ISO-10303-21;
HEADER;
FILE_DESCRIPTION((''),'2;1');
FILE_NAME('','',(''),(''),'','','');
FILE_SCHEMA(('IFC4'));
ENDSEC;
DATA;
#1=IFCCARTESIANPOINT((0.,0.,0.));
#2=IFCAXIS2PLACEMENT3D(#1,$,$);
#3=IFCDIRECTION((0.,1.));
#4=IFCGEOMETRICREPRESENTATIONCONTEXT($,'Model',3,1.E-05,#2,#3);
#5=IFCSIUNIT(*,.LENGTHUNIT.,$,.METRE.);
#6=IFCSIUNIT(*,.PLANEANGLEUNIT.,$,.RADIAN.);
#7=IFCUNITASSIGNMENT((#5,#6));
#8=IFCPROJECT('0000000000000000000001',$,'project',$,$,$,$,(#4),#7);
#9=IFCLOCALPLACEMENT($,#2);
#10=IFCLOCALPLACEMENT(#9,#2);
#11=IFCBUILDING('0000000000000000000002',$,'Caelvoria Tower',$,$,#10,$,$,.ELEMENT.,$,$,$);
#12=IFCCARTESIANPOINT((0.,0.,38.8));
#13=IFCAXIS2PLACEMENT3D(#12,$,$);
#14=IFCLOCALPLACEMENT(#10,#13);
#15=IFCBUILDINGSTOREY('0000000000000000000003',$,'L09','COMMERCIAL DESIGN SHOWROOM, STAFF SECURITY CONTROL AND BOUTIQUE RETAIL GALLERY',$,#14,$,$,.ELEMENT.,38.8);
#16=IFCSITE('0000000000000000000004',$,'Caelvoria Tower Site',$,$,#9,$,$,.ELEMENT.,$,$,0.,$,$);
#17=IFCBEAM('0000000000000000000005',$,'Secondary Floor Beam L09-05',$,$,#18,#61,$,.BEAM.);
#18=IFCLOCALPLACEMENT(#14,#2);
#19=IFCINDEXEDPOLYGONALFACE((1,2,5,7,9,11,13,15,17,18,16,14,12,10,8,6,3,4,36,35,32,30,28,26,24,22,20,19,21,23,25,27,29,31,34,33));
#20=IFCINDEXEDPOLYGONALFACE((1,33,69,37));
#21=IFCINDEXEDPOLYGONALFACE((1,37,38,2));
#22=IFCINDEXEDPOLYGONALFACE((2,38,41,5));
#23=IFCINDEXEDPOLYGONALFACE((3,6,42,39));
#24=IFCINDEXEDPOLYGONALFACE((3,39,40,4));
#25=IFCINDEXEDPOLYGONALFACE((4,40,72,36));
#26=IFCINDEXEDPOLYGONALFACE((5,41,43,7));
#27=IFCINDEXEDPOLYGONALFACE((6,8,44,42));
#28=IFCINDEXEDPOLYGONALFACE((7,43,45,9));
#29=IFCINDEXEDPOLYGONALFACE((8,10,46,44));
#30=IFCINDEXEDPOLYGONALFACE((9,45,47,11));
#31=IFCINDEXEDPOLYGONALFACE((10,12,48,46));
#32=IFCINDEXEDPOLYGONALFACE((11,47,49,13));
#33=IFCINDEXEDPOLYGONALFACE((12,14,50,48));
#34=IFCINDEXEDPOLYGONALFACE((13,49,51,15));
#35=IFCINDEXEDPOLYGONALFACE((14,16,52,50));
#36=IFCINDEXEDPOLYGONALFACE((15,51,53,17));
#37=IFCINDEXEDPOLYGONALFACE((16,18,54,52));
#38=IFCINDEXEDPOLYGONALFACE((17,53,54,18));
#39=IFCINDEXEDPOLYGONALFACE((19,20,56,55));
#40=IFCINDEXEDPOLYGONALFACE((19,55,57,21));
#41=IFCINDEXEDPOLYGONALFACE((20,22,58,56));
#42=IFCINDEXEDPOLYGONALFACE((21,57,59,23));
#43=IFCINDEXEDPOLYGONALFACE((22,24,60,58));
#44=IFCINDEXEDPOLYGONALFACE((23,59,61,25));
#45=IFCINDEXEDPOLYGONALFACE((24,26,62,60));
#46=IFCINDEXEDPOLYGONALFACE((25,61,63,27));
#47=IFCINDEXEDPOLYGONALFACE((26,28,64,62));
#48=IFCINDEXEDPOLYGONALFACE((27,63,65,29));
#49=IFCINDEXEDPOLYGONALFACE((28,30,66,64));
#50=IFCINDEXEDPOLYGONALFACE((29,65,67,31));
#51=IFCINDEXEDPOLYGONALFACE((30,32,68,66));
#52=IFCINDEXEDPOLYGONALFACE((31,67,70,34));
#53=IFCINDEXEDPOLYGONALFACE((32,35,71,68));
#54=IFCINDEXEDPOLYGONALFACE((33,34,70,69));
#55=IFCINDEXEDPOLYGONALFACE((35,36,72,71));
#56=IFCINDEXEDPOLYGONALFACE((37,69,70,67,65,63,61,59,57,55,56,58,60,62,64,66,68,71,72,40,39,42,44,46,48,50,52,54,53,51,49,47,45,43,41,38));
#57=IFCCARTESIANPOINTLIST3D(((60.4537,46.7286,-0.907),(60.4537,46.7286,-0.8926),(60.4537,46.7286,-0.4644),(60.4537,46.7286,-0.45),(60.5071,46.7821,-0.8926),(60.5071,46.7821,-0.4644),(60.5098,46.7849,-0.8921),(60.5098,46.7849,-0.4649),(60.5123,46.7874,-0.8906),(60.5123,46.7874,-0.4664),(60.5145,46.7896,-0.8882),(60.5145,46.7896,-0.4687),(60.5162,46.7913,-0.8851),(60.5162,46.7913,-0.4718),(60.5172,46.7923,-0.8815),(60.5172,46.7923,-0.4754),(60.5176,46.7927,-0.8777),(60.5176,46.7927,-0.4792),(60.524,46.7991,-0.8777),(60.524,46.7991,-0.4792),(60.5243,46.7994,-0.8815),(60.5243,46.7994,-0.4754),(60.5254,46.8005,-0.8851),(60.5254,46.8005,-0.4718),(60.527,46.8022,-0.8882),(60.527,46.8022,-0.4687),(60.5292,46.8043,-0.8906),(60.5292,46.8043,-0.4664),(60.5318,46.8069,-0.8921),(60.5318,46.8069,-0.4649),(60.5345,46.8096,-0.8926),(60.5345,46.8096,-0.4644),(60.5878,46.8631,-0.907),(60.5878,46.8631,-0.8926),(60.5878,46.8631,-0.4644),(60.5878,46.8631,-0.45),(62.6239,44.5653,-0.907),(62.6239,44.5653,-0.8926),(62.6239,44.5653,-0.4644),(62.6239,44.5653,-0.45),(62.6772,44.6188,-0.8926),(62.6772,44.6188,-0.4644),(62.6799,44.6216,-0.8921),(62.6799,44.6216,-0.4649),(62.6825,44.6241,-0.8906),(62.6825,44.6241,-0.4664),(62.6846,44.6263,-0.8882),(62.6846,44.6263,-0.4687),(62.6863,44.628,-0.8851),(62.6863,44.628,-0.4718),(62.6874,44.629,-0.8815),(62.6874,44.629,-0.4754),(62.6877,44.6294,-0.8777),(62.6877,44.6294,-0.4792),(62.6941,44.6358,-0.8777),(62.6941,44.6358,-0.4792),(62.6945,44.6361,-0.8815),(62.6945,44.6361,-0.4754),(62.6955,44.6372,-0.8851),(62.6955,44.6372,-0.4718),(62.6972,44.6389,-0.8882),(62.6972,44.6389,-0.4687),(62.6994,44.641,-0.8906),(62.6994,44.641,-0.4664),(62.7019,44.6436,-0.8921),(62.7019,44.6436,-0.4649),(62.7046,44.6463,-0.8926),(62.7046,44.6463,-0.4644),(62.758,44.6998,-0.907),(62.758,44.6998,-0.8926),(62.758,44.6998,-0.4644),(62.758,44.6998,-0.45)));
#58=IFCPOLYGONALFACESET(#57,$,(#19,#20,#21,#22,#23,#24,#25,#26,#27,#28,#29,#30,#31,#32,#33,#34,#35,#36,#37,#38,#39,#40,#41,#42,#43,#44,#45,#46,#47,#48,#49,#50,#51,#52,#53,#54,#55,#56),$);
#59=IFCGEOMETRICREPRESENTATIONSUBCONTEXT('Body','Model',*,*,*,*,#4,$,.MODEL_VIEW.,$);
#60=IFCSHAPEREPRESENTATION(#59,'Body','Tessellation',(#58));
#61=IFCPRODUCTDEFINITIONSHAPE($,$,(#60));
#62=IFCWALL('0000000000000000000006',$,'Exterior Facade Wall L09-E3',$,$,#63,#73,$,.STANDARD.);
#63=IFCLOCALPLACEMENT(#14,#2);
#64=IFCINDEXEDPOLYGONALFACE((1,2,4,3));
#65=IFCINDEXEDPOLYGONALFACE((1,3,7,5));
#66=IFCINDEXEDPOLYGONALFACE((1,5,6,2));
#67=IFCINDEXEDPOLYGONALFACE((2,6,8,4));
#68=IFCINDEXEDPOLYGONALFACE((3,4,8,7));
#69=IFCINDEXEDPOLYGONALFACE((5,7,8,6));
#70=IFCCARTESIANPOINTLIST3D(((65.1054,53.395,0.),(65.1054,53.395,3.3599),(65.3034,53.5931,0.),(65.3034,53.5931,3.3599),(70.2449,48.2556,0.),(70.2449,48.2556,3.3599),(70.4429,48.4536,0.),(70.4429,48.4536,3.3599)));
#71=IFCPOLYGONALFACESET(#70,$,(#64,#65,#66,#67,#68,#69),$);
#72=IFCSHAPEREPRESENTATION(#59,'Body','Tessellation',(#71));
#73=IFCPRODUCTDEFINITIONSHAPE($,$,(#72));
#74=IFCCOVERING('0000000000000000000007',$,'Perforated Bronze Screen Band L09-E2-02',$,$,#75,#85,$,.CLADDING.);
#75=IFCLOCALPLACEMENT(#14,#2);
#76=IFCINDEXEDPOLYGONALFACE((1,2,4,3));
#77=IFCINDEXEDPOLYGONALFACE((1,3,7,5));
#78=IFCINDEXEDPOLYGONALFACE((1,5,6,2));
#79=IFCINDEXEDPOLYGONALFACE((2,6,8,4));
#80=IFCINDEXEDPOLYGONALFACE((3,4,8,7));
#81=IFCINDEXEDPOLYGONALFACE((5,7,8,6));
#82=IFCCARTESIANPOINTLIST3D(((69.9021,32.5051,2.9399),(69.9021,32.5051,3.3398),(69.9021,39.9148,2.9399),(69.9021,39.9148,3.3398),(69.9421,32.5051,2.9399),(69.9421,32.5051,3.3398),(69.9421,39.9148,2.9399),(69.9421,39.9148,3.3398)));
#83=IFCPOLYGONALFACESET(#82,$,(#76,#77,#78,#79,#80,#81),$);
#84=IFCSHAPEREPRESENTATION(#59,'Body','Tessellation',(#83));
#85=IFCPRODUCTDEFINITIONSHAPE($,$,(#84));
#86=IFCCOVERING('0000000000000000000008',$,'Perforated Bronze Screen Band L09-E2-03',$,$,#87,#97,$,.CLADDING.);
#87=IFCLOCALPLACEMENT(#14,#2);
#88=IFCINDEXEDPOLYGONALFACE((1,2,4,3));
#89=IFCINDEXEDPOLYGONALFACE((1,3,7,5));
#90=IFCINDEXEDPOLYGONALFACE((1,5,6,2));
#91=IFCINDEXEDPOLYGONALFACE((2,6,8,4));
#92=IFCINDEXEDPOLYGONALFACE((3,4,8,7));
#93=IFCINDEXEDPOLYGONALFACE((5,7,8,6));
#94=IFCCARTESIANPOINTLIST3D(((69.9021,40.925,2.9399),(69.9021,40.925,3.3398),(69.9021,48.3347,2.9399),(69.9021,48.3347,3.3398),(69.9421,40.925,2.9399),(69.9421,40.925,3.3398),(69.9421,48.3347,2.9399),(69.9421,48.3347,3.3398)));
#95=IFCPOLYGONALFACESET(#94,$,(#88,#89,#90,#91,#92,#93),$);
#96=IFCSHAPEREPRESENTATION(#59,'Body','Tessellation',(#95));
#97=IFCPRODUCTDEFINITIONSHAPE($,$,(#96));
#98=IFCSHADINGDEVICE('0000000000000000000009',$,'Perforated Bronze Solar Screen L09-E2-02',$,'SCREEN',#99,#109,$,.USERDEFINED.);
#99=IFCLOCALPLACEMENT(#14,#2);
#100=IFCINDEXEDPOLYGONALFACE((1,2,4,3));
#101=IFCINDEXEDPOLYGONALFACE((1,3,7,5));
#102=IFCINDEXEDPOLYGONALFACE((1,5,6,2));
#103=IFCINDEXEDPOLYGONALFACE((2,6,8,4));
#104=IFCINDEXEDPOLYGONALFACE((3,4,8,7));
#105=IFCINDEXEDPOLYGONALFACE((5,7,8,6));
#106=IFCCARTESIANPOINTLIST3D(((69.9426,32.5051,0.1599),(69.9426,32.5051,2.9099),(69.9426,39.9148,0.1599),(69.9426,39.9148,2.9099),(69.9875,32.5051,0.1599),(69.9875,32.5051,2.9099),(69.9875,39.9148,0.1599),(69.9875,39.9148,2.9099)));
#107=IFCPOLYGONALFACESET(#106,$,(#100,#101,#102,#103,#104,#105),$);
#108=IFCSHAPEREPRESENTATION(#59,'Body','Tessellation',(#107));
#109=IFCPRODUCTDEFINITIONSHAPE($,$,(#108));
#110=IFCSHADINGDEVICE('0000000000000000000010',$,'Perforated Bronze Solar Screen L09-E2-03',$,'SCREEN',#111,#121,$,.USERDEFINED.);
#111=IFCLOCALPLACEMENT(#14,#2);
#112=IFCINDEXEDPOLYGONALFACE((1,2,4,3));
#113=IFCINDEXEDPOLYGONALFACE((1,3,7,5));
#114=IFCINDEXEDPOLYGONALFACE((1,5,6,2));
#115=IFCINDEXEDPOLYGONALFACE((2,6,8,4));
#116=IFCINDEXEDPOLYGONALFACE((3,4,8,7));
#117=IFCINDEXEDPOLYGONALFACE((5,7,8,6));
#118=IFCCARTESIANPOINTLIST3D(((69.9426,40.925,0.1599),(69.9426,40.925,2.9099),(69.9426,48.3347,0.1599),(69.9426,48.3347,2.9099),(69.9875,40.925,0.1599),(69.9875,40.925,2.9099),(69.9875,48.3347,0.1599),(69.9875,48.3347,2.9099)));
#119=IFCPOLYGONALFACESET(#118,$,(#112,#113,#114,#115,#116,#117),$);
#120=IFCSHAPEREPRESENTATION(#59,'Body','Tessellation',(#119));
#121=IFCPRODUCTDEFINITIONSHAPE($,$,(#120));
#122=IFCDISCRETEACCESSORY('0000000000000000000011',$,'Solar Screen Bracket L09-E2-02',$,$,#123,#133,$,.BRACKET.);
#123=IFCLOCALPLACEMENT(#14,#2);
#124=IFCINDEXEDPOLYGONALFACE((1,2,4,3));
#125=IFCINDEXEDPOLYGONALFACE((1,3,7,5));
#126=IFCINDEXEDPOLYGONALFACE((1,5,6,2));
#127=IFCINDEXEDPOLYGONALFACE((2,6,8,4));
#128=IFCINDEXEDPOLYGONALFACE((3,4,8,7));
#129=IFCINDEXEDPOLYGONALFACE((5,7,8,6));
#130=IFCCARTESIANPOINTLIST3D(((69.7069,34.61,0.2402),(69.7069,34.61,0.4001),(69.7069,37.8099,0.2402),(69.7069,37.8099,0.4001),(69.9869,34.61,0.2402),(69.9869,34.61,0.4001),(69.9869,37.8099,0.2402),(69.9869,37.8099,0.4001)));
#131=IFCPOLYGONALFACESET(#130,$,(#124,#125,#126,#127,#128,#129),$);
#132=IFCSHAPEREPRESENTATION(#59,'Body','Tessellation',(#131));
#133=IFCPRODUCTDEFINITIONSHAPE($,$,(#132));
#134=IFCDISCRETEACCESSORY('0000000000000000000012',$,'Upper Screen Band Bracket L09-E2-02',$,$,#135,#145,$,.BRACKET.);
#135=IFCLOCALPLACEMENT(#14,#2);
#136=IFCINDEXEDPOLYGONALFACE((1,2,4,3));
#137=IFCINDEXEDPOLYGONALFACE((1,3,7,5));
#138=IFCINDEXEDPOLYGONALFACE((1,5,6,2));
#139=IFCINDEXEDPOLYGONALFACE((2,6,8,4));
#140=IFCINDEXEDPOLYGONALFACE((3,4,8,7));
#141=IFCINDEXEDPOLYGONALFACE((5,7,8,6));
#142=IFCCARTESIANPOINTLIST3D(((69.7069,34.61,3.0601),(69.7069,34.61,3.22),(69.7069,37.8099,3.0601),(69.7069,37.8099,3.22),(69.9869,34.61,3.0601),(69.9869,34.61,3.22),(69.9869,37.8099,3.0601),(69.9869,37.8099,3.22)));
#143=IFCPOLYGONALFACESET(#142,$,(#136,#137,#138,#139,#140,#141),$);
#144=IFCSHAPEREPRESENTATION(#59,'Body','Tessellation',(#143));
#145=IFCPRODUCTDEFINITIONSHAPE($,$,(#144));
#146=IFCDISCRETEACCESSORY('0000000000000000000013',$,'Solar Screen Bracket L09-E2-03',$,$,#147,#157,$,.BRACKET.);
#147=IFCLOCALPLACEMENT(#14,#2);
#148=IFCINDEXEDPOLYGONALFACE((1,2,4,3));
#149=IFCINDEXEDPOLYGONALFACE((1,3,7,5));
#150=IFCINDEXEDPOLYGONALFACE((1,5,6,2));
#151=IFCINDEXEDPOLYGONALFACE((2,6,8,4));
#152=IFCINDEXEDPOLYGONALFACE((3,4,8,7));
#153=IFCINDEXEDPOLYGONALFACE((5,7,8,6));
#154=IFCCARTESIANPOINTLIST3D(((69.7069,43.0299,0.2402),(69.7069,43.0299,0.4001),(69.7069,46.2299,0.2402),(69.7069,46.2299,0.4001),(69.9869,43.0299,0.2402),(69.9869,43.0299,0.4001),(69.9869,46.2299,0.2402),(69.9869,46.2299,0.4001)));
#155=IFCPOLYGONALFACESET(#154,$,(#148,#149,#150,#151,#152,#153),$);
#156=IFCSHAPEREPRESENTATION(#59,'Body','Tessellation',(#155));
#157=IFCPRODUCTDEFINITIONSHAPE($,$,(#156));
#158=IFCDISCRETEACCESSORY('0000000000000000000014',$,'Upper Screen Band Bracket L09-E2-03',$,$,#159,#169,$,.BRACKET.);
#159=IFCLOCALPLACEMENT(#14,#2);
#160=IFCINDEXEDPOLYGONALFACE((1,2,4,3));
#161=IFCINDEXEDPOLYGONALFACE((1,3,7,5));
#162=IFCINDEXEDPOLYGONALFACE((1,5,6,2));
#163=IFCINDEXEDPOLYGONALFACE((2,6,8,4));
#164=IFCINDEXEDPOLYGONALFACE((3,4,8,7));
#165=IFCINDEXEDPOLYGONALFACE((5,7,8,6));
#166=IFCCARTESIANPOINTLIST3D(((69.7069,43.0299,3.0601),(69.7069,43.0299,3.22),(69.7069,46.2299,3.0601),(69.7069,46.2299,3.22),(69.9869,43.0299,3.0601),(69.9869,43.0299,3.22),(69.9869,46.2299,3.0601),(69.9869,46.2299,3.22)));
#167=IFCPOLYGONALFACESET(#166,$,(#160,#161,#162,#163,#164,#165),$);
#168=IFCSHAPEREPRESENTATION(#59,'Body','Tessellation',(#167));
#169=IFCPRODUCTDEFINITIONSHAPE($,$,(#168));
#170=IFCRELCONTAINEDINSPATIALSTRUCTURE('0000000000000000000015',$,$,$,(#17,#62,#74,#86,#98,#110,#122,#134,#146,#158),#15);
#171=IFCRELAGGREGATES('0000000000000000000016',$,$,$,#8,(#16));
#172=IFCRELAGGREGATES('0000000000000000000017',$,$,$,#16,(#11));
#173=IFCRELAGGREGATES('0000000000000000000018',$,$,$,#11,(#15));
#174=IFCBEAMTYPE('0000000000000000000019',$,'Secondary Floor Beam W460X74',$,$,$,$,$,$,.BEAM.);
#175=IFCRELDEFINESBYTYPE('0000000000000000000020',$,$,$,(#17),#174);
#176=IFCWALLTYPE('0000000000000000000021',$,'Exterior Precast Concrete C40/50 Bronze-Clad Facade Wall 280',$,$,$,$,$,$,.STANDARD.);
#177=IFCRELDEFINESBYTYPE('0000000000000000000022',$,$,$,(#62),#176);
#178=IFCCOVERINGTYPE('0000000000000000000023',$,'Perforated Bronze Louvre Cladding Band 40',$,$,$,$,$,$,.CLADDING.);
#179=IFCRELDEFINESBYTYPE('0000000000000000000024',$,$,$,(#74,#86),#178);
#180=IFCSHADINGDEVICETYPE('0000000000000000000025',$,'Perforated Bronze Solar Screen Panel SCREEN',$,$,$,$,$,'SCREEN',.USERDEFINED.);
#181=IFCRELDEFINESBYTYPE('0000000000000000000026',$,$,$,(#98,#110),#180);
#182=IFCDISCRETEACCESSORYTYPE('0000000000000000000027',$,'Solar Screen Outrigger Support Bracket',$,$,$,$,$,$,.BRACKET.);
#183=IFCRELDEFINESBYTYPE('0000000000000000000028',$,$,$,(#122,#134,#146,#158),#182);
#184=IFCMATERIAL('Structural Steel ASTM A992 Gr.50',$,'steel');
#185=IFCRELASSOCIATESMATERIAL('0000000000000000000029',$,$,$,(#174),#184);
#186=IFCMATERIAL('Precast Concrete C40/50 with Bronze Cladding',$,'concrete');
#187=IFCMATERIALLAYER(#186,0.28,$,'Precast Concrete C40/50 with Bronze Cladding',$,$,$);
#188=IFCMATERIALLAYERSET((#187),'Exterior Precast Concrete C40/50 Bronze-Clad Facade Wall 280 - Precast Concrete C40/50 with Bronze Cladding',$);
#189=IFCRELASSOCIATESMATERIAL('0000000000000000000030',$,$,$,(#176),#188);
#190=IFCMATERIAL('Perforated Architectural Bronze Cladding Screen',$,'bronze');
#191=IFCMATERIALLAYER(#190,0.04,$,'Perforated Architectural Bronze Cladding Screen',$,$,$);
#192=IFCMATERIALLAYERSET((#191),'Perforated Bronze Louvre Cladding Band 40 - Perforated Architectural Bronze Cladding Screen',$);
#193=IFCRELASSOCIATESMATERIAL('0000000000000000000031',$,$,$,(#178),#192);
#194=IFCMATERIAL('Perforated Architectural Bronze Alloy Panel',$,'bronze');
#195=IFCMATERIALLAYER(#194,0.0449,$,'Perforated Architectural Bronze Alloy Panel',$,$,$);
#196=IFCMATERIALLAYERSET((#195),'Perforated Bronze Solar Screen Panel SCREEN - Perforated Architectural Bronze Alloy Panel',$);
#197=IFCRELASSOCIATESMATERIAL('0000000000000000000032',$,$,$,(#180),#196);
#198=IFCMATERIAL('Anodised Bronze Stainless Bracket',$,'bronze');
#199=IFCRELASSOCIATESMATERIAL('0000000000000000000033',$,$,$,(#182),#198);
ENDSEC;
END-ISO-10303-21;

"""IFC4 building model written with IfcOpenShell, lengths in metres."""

from ifc_helpers import new_model, si_unit, direction, frame, frame_2d, origin, origin_2d, place, context, subcontext, project, spatial, rectangle, i_section, extrude, material, layer, layer_set, material_profile, profile_set, type_object, element, save


model = new_model("IFC4")

# Units and contexts
model_context = context("Model", 3, precision=1e-05, world=origin(), true_north=direction((0.0, 1.0)))
body_context = subcontext(model_context, "Body", "Model", "MODEL_VIEW")
ifc_project = project(units=[si_unit("LENGTHUNIT", "METRE"), si_unit("PLANEANGLEUNIT", "RADIAN")], contexts=[model_context])

# Site, building, storey
site_placement = place(None, origin())
site = spatial("IfcSite", under=ifc_project, at=site_placement, Name="Caelvoria Tower Site", CompositionType="ELEMENT", RefElevation=0.0)
building_placement = place(site_placement, origin())
building = spatial("IfcBuilding", under=site, at=building_placement, Name="Caelvoria Tower", CompositionType="ELEMENT")
storey_placement = place(building_placement, frame((0.0, 0.0, 38.8)))
storey = spatial("IfcBuildingStorey", under=building, at=storey_placement, Name="L09", Description="COMMERCIAL DESIGN SHOWROOM, STAFF SECURITY CONTROL AND BOUTIQUE RETAIL GALLERY", CompositionType="ELEMENT", Elevation=38.8)

# Beam
ifc_material_1 = material(Name="Structural Steel ASTM A992 Gr.50", Category="steel")
ifc_material_profile_1 = material_profile(ifc_material_1, i_section(OverallWidth=0.1899, OverallDepth=0.457, WebThickness=0.009, FlangeThickness=0.0144, FilletRadius=0.0149, at=origin_2d()), Name="Structural Steel ASTM A992 Gr.50")
ifc_profile_set_1 = profile_set([ifc_material_profile_1], Name="W460X74 - Structural Steel ASTM A992 Gr.50")
beam_type_1 = type_object("IfcBeamType", Name="Secondary Floor Beam W460X74", PredefinedType="BEAM", material=ifc_profile_set_1)
beam_1_placement = place(storey_placement, frame((62.6909, 44.6326, -0.6785), z_axis=(-0.708221, 0.70599, 0.0), x_axis=(-0.70599, -0.708221, 0.0)))
element("IfcBeam", 1, at=beam_1_placement, inside=storey, type_object=beam_type_1, Name="Secondary Floor Beam L09-05", PredefinedType="BEAM", context=body_context, shape_type="SweptSolid", body=[
    extrude(i_section(OverallWidth=0.1899, OverallDepth=0.457, WebThickness=0.009, FlangeThickness=0.0144, FilletRadius=0.0149, at=origin_2d()), origin(), (0.0, 0.0, 1.0), 3.0642),
])

# Wall
ifc_material_2 = material(Name="Precast Concrete C40/50 with Bronze Cladding", Category="concrete")
ifc_layer_1 = layer(ifc_material_2, 0.28, Name="Precast Concrete C40/50 with Bronze Cladding")
ifc_layer_set_1 = layer_set([ifc_layer_1], Name="Exterior Precast Concrete C40/50 Bronze-Clad Facade Wall 280 - Precast Concrete C40/50 with Bronze Cladding")
wall_type = type_object("IfcWallType", Name="Exterior Precast Concrete C40/50 Bronze-Clad Facade Wall 280", PredefinedType="STANDARD", material=ifc_layer_set_1)
wall_placement = place(storey_placement, frame((70.344, 48.3545, 0.0), z_axis=(0.0, 0.0, 1.0), x_axis=(-0.707107, 0.707107, 0.0)))
element("IfcWall", 2, at=wall_placement, inside=storey, type_object=wall_type, Name="Exterior Facade Wall L09-E3", PredefinedType="STANDARD", context=body_context, shape_type="SweptSolid", body=[
    extrude(rectangle(XDim=7.2683, YDim=0.28, at=frame_2d((3.6343, 0.0))), origin(), (0.0, 0.0, 1.0), 3.3599),
])

# Coverings
ifc_material_3 = material(Name="Perforated Architectural Bronze Cladding Screen", Category="bronze")
ifc_layer_2 = layer(ifc_material_3, 0.04, Name="Perforated Architectural Bronze Cladding Screen")
ifc_layer_set_2 = layer_set([ifc_layer_2], Name="Perforated Bronze Louvre Cladding Band 40 - Perforated Architectural Bronze Cladding Screen")
covering_type = type_object("IfcCoveringType", Name="Perforated Bronze Louvre Cladding Band 40", PredefinedType="CLADDING", material=ifc_layer_set_2)
for number, where, z_axis, x_axis, name in (
    (3, (69.9221, 36.21, 2.9399), (0.0, 0.0, 1.0), (0.0, 1.0, 0.0), "Perforated Bronze Screen Band L09-E2-02"),
    (4, (69.9221, 44.6299, 2.9399), (0.0, 0.0, 1.0), (0.0, 1.0, 0.0), "Perforated Bronze Screen Band L09-E2-03"),
):
    element("IfcCovering", number, at=place(storey_placement, frame(where, z_axis=z_axis, x_axis=x_axis)), inside=storey, type_object=covering_type, Name=name, PredefinedType="CLADDING", context=body_context, shape_type="SweptSolid", body=[
        extrude(rectangle(XDim=7.4097, YDim=0.04, at=origin_2d()), origin(), (0.0, 0.0, 1.0), 0.3999),
    ])

# Shading devices
ifc_material_4 = material(Name="Perforated Architectural Bronze Alloy Panel", Category="bronze")
ifc_layer_3 = layer(ifc_material_4, 0.0449, Name="Perforated Architectural Bronze Alloy Panel")
ifc_layer_set_3 = layer_set([ifc_layer_3], Name="Perforated Bronze Solar Screen Panel SCREEN - Perforated Architectural Bronze Alloy Panel")
shading_device_type = type_object("IfcShadingDeviceType", Name="Perforated Bronze Solar Screen Panel SCREEN", ElementType="SCREEN", PredefinedType="USERDEFINED", material=ifc_layer_set_3)
for number, where, z_axis, x_axis, name in (
    (5, (69.9651, 36.21, 0.1599), (0.0, 0.0, 1.0), (0.0, 1.0, 0.0), "Perforated Bronze Solar Screen L09-E2-02"),
    (6, (69.9651, 44.6299, 0.1599), (0.0, 0.0, 1.0), (0.0, 1.0, 0.0), "Perforated Bronze Solar Screen L09-E2-03"),
):
    element("IfcShadingDevice", number, at=place(storey_placement, frame(where, z_axis=z_axis, x_axis=x_axis)), inside=storey, type_object=shading_device_type, Name=name, ObjectType="SCREEN", PredefinedType="USERDEFINED", context=body_context, shape_type="SweptSolid", body=[
        extrude(rectangle(XDim=7.4097, YDim=0.0449, at=origin_2d()), origin(), (0.0, 0.0, 1.0), 2.75),
    ])

# Discrete accessories
ifc_material_5 = material(Name="Anodised Bronze Stainless Bracket", Category="bronze")
discrete_accessory_type = type_object("IfcDiscreteAccessoryType", Name="Solar Screen Outrigger Support Bracket", PredefinedType="BRACKET", material=ifc_material_5)
for number, where, z_axis, x_axis, name in (
    (7, (69.8469, 36.21, 0.2402), (0.0, 0.0, 1.0), (0.0, 1.0, 0.0), "Solar Screen Bracket L09-E2-02"),
    (8, (69.8469, 36.21, 3.0601), (0.0, 0.0, 1.0), (0.0, 1.0, 0.0), "Upper Screen Band Bracket L09-E2-02"),
    (9, (69.8469, 44.6299, 0.2402), (0.0, 0.0, 1.0), (0.0, 1.0, 0.0), "Solar Screen Bracket L09-E2-03"),
    (10, (69.8469, 44.6299, 3.0601), (0.0, 0.0, 1.0), (0.0, 1.0, 0.0), "Upper Screen Band Bracket L09-E2-03"),
):
    element("IfcDiscreteAccessory", number, at=place(storey_placement, frame(where, z_axis=z_axis, x_axis=x_axis)), inside=storey, type_object=discrete_accessory_type, Name=name, PredefinedType="BRACKET", context=body_context, shape_type="SweptSolid", body=[
        extrude(rectangle(XDim=3.2, YDim=0.28, at=origin_2d()), origin(), (0.0, 0.0, 1.0), 0.1599),
    ])

save(model, "model.ifc")
